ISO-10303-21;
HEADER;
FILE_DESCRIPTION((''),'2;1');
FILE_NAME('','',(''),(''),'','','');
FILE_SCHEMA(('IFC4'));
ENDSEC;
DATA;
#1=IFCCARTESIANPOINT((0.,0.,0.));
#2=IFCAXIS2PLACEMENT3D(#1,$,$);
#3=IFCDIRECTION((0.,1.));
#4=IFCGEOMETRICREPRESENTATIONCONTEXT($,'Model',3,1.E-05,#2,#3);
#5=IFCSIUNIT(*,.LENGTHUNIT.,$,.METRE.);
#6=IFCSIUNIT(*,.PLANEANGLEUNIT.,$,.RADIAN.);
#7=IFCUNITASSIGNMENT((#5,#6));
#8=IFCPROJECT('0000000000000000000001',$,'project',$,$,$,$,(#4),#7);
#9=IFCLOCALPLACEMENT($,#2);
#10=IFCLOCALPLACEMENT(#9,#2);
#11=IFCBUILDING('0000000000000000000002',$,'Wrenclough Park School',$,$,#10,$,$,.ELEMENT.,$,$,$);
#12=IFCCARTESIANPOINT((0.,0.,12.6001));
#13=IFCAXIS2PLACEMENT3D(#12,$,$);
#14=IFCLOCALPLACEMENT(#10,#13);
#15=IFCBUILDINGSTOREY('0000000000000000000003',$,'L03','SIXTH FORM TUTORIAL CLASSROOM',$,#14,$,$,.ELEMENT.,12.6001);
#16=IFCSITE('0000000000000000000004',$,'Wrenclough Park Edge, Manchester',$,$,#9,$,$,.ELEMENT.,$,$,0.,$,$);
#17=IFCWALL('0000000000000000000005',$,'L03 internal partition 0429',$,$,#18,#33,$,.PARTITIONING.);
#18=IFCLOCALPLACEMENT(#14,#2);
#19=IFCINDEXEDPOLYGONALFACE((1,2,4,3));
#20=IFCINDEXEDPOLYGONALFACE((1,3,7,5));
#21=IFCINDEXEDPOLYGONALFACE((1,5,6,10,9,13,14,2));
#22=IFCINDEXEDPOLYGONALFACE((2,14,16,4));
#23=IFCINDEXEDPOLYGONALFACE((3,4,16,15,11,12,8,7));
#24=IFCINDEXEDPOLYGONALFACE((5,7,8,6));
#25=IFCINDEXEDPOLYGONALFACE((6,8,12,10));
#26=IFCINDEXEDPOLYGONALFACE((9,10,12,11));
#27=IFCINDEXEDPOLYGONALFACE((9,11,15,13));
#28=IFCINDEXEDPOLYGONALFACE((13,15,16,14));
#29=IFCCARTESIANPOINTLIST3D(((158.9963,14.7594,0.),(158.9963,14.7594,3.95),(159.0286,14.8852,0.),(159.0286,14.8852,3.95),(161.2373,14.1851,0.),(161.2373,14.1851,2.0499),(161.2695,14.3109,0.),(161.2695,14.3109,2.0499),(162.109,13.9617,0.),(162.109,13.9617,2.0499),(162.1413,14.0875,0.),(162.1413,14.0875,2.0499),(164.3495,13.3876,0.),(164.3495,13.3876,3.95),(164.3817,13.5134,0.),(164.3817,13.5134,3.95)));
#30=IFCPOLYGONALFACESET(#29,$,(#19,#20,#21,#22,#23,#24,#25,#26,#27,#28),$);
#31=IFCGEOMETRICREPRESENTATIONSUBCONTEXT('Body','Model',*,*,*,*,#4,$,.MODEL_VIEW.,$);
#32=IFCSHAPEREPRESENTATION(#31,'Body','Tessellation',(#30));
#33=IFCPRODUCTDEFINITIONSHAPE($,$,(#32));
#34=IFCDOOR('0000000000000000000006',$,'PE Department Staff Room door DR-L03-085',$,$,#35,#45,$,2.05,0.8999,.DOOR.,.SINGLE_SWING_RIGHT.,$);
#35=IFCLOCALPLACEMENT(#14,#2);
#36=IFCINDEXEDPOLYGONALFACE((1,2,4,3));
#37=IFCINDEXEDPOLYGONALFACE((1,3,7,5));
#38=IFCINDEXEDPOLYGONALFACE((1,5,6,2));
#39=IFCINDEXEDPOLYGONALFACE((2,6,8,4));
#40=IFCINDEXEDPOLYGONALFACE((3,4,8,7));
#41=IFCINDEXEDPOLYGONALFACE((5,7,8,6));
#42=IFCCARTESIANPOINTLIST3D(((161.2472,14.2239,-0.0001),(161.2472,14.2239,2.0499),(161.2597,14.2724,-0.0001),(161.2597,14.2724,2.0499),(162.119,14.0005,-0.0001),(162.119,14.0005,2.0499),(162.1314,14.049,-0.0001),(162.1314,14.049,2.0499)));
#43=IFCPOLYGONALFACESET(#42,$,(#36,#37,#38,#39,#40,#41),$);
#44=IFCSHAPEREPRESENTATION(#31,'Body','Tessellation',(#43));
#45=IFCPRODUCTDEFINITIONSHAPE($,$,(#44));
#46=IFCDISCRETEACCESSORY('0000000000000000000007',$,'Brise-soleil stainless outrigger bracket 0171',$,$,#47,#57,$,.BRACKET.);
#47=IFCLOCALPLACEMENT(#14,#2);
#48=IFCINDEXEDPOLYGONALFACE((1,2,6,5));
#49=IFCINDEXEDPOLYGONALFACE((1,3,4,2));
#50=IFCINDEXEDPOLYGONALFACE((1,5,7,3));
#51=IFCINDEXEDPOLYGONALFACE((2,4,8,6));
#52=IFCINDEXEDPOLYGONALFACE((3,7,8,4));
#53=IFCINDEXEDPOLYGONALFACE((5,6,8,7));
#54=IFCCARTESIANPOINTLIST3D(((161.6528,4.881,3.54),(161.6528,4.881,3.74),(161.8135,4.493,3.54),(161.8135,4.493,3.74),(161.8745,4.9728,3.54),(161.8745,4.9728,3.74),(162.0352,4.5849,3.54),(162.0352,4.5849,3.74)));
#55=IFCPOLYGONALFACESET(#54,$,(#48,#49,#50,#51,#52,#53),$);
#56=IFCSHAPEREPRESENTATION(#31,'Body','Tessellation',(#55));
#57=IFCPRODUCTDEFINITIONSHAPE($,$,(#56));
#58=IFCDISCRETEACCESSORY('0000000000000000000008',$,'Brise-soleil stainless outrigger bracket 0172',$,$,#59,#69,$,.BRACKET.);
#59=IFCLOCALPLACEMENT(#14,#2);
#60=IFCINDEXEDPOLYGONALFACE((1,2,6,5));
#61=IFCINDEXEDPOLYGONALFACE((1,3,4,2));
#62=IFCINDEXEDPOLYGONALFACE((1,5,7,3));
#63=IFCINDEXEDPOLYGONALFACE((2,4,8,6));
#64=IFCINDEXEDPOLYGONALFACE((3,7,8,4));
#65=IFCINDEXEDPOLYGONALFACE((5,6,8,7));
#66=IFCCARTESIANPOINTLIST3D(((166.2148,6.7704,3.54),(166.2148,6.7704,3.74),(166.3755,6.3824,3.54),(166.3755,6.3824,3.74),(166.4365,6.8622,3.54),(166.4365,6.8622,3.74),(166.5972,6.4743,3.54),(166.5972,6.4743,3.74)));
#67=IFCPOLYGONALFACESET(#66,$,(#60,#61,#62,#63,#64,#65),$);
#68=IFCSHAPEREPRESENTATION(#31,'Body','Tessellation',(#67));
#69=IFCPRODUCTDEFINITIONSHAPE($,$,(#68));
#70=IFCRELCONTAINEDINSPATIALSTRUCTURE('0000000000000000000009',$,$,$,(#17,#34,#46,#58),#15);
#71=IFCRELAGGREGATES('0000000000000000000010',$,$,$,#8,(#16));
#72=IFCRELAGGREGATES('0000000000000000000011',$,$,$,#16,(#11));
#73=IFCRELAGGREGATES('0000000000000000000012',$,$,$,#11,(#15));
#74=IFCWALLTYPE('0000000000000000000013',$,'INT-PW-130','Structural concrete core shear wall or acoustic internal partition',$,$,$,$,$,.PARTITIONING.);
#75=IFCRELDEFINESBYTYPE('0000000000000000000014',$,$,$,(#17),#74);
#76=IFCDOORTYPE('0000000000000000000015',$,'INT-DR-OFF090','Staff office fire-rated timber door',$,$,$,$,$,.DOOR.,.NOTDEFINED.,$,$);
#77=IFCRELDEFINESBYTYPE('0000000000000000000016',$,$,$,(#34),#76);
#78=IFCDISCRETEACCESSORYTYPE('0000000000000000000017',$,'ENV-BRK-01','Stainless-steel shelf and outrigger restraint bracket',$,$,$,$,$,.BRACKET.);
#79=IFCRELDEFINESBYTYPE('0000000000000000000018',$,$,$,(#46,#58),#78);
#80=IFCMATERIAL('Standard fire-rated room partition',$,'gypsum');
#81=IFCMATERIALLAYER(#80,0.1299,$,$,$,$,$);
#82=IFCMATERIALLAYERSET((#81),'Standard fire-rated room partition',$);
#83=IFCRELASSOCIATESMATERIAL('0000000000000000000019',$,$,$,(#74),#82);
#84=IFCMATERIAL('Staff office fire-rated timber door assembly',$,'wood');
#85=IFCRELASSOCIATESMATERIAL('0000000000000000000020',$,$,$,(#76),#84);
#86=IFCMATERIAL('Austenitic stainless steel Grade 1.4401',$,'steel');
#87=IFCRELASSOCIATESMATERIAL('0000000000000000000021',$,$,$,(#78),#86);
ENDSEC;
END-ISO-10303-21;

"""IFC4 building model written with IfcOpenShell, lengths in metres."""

from ifc_helpers import new_model, si_unit, direction, frame, frame_2d, origin, origin_2d, place, context, subcontext, project, spatial, rectangle, extrude, material, layer, layer_set, type_object, element, fill, save


model = new_model("IFC4")

# Units and contexts
model_context = context("Model", 3, precision=1e-05, world=origin(), true_north=direction((0.0, 1.0)))
body_context = subcontext(model_context, "Body", "Model", "MODEL_VIEW")
ifc_project = project(units=[si_unit("LENGTHUNIT", "METRE"), si_unit("PLANEANGLEUNIT", "RADIAN")], contexts=[model_context])

# Site, building, storey
site_placement = place(None, origin())
site = spatial("IfcSite", under=ifc_project, at=site_placement, Name="Wrenclough Park Edge, Manchester", CompositionType="ELEMENT", RefElevation=0.0)
building_placement = place(site_placement, origin())
building = spatial("IfcBuilding", under=site, at=building_placement, Name="Wrenclough Park School", CompositionType="ELEMENT")
storey_placement = place(building_placement, frame((0.0, 0.0, 12.6001)))
storey = spatial("IfcBuildingStorey", under=building, at=storey_placement, Name="L03", Description="SIXTH FORM TUTORIAL CLASSROOM", CompositionType="ELEMENT", Elevation=12.6001)

# Shared definitions
ifc_material_1 = material(Name="Standard fire-rated room partition", Category="gypsum")
ifc_layer_1 = layer(ifc_material_1, 0.1299)
ifc_layer_set_1 = layer_set([ifc_layer_1], Name="Standard fire-rated room partition")
wall_type_1 = type_object("IfcWallType", Name="INT-PW-130", Description="Structural concrete core shear wall or acoustic internal partition", PredefinedType="PARTITIONING", material=ifc_layer_set_1)

# Wall, opening, door
wall_1_placement = place(storey_placement, frame((164.3657, 13.4504, 0.0), z_axis=(0.0, 0.0, 1.0), x_axis=(-0.968696, 0.248249, 0.0)))
wall_1 = element("IfcWall", 1, at=wall_1_placement, inside=storey, type_object=wall_type_1, Name="L03 internal partition 0429", PredefinedType="PARTITIONING", context=body_context, shape_type="SweptSolid", body=[
    extrude(rectangle(XDim=5.5261, YDim=0.1299, at=frame_2d((2.7632, 0.0))), origin(), (0.0, 0.0, 1.0), 3.95),
])
opening_1_placement = place(wall_1_placement, frame((2.313, 0.0, 0.0)))
opening_1 = element("IfcOpeningElement", 2, at=opening_1_placement, cuts=wall_1, PredefinedType="OPENING", context=body_context, shape_type="SweptSolid", body=[
    extrude(rectangle(XDim=0.8999, YDim=2.05, at=frame_2d((0.45, 1.0249))), frame((0.0, 0.075, 0.0), z_axis=(0.0, -1.0, 0.0), x_axis=(1.0, 0.0, 0.0)), (0.0, 0.0, 1.0), 0.1499),
])
ifc_material_2 = material(Name="Staff office fire-rated timber door assembly", Category="wood")
door_type = type_object("IfcDoorType", Name="INT-DR-OFF090", Description="Staff office fire-rated timber door", OperationType="NOTDEFINED", PredefinedType="DOOR", material=ifc_material_2)
door_placement = place(opening_1_placement, origin())
door = element("IfcDoor", 3, at=door_placement, inside=storey, type_object=door_type, Name="PE Department Staff Room door DR-L03-085", OperationType="SINGLE_SWING_RIGHT", OverallHeight=2.05, OverallWidth=0.8999, PredefinedType="DOOR", context=body_context, shape_type="SweptSolid", body=[
    extrude(rectangle(XDim=0.8999, YDim=2.05, at=frame_2d((0.45, 1.0249))), frame((0.0, 0.0249, 0.0), z_axis=(0.0, -1.0, 0.0), x_axis=(1.0, 0.0, 0.0)), (0.0, 0.0, 1.0), 0.05),
])
fill(opening_1, door)

# Discrete accessories
ifc_material_3 = material(Name="Austenitic stainless steel Grade 1.4401", Category="steel")
discrete_accessory_type = type_object("IfcDiscreteAccessoryType", Name="ENV-BRK-01", Description="Stainless-steel shelf and outrigger restraint bracket", PredefinedType="BRACKET", material=ifc_material_3)
for number, where, z_axis, x_axis, name in (
    (4, (161.844, 4.7329, 3.54), (0.0, 0.0, 1.0), (0.923879, 0.382684, 0.0), "Brise-soleil stainless outrigger bracket 0171"),
    (5, (166.406, 6.6223, 3.54), (0.0, 0.0, 1.0), (0.923879, 0.382684, 0.0), "Brise-soleil stainless outrigger bracket 0172"),
):
    element("IfcDiscreteAccessory", number, at=place(storey_placement, frame(where, z_axis=z_axis, x_axis=x_axis)), inside=storey, type_object=discrete_accessory_type, Name=name, PredefinedType="BRACKET", context=body_context, shape_type="SweptSolid", body=[
        extrude(rectangle(XDim=0.24, YDim=0.4199, at=origin_2d()), origin(), (0.0, 0.0, 1.0), 0.2),
    ])

save(model, "model.ifc")
